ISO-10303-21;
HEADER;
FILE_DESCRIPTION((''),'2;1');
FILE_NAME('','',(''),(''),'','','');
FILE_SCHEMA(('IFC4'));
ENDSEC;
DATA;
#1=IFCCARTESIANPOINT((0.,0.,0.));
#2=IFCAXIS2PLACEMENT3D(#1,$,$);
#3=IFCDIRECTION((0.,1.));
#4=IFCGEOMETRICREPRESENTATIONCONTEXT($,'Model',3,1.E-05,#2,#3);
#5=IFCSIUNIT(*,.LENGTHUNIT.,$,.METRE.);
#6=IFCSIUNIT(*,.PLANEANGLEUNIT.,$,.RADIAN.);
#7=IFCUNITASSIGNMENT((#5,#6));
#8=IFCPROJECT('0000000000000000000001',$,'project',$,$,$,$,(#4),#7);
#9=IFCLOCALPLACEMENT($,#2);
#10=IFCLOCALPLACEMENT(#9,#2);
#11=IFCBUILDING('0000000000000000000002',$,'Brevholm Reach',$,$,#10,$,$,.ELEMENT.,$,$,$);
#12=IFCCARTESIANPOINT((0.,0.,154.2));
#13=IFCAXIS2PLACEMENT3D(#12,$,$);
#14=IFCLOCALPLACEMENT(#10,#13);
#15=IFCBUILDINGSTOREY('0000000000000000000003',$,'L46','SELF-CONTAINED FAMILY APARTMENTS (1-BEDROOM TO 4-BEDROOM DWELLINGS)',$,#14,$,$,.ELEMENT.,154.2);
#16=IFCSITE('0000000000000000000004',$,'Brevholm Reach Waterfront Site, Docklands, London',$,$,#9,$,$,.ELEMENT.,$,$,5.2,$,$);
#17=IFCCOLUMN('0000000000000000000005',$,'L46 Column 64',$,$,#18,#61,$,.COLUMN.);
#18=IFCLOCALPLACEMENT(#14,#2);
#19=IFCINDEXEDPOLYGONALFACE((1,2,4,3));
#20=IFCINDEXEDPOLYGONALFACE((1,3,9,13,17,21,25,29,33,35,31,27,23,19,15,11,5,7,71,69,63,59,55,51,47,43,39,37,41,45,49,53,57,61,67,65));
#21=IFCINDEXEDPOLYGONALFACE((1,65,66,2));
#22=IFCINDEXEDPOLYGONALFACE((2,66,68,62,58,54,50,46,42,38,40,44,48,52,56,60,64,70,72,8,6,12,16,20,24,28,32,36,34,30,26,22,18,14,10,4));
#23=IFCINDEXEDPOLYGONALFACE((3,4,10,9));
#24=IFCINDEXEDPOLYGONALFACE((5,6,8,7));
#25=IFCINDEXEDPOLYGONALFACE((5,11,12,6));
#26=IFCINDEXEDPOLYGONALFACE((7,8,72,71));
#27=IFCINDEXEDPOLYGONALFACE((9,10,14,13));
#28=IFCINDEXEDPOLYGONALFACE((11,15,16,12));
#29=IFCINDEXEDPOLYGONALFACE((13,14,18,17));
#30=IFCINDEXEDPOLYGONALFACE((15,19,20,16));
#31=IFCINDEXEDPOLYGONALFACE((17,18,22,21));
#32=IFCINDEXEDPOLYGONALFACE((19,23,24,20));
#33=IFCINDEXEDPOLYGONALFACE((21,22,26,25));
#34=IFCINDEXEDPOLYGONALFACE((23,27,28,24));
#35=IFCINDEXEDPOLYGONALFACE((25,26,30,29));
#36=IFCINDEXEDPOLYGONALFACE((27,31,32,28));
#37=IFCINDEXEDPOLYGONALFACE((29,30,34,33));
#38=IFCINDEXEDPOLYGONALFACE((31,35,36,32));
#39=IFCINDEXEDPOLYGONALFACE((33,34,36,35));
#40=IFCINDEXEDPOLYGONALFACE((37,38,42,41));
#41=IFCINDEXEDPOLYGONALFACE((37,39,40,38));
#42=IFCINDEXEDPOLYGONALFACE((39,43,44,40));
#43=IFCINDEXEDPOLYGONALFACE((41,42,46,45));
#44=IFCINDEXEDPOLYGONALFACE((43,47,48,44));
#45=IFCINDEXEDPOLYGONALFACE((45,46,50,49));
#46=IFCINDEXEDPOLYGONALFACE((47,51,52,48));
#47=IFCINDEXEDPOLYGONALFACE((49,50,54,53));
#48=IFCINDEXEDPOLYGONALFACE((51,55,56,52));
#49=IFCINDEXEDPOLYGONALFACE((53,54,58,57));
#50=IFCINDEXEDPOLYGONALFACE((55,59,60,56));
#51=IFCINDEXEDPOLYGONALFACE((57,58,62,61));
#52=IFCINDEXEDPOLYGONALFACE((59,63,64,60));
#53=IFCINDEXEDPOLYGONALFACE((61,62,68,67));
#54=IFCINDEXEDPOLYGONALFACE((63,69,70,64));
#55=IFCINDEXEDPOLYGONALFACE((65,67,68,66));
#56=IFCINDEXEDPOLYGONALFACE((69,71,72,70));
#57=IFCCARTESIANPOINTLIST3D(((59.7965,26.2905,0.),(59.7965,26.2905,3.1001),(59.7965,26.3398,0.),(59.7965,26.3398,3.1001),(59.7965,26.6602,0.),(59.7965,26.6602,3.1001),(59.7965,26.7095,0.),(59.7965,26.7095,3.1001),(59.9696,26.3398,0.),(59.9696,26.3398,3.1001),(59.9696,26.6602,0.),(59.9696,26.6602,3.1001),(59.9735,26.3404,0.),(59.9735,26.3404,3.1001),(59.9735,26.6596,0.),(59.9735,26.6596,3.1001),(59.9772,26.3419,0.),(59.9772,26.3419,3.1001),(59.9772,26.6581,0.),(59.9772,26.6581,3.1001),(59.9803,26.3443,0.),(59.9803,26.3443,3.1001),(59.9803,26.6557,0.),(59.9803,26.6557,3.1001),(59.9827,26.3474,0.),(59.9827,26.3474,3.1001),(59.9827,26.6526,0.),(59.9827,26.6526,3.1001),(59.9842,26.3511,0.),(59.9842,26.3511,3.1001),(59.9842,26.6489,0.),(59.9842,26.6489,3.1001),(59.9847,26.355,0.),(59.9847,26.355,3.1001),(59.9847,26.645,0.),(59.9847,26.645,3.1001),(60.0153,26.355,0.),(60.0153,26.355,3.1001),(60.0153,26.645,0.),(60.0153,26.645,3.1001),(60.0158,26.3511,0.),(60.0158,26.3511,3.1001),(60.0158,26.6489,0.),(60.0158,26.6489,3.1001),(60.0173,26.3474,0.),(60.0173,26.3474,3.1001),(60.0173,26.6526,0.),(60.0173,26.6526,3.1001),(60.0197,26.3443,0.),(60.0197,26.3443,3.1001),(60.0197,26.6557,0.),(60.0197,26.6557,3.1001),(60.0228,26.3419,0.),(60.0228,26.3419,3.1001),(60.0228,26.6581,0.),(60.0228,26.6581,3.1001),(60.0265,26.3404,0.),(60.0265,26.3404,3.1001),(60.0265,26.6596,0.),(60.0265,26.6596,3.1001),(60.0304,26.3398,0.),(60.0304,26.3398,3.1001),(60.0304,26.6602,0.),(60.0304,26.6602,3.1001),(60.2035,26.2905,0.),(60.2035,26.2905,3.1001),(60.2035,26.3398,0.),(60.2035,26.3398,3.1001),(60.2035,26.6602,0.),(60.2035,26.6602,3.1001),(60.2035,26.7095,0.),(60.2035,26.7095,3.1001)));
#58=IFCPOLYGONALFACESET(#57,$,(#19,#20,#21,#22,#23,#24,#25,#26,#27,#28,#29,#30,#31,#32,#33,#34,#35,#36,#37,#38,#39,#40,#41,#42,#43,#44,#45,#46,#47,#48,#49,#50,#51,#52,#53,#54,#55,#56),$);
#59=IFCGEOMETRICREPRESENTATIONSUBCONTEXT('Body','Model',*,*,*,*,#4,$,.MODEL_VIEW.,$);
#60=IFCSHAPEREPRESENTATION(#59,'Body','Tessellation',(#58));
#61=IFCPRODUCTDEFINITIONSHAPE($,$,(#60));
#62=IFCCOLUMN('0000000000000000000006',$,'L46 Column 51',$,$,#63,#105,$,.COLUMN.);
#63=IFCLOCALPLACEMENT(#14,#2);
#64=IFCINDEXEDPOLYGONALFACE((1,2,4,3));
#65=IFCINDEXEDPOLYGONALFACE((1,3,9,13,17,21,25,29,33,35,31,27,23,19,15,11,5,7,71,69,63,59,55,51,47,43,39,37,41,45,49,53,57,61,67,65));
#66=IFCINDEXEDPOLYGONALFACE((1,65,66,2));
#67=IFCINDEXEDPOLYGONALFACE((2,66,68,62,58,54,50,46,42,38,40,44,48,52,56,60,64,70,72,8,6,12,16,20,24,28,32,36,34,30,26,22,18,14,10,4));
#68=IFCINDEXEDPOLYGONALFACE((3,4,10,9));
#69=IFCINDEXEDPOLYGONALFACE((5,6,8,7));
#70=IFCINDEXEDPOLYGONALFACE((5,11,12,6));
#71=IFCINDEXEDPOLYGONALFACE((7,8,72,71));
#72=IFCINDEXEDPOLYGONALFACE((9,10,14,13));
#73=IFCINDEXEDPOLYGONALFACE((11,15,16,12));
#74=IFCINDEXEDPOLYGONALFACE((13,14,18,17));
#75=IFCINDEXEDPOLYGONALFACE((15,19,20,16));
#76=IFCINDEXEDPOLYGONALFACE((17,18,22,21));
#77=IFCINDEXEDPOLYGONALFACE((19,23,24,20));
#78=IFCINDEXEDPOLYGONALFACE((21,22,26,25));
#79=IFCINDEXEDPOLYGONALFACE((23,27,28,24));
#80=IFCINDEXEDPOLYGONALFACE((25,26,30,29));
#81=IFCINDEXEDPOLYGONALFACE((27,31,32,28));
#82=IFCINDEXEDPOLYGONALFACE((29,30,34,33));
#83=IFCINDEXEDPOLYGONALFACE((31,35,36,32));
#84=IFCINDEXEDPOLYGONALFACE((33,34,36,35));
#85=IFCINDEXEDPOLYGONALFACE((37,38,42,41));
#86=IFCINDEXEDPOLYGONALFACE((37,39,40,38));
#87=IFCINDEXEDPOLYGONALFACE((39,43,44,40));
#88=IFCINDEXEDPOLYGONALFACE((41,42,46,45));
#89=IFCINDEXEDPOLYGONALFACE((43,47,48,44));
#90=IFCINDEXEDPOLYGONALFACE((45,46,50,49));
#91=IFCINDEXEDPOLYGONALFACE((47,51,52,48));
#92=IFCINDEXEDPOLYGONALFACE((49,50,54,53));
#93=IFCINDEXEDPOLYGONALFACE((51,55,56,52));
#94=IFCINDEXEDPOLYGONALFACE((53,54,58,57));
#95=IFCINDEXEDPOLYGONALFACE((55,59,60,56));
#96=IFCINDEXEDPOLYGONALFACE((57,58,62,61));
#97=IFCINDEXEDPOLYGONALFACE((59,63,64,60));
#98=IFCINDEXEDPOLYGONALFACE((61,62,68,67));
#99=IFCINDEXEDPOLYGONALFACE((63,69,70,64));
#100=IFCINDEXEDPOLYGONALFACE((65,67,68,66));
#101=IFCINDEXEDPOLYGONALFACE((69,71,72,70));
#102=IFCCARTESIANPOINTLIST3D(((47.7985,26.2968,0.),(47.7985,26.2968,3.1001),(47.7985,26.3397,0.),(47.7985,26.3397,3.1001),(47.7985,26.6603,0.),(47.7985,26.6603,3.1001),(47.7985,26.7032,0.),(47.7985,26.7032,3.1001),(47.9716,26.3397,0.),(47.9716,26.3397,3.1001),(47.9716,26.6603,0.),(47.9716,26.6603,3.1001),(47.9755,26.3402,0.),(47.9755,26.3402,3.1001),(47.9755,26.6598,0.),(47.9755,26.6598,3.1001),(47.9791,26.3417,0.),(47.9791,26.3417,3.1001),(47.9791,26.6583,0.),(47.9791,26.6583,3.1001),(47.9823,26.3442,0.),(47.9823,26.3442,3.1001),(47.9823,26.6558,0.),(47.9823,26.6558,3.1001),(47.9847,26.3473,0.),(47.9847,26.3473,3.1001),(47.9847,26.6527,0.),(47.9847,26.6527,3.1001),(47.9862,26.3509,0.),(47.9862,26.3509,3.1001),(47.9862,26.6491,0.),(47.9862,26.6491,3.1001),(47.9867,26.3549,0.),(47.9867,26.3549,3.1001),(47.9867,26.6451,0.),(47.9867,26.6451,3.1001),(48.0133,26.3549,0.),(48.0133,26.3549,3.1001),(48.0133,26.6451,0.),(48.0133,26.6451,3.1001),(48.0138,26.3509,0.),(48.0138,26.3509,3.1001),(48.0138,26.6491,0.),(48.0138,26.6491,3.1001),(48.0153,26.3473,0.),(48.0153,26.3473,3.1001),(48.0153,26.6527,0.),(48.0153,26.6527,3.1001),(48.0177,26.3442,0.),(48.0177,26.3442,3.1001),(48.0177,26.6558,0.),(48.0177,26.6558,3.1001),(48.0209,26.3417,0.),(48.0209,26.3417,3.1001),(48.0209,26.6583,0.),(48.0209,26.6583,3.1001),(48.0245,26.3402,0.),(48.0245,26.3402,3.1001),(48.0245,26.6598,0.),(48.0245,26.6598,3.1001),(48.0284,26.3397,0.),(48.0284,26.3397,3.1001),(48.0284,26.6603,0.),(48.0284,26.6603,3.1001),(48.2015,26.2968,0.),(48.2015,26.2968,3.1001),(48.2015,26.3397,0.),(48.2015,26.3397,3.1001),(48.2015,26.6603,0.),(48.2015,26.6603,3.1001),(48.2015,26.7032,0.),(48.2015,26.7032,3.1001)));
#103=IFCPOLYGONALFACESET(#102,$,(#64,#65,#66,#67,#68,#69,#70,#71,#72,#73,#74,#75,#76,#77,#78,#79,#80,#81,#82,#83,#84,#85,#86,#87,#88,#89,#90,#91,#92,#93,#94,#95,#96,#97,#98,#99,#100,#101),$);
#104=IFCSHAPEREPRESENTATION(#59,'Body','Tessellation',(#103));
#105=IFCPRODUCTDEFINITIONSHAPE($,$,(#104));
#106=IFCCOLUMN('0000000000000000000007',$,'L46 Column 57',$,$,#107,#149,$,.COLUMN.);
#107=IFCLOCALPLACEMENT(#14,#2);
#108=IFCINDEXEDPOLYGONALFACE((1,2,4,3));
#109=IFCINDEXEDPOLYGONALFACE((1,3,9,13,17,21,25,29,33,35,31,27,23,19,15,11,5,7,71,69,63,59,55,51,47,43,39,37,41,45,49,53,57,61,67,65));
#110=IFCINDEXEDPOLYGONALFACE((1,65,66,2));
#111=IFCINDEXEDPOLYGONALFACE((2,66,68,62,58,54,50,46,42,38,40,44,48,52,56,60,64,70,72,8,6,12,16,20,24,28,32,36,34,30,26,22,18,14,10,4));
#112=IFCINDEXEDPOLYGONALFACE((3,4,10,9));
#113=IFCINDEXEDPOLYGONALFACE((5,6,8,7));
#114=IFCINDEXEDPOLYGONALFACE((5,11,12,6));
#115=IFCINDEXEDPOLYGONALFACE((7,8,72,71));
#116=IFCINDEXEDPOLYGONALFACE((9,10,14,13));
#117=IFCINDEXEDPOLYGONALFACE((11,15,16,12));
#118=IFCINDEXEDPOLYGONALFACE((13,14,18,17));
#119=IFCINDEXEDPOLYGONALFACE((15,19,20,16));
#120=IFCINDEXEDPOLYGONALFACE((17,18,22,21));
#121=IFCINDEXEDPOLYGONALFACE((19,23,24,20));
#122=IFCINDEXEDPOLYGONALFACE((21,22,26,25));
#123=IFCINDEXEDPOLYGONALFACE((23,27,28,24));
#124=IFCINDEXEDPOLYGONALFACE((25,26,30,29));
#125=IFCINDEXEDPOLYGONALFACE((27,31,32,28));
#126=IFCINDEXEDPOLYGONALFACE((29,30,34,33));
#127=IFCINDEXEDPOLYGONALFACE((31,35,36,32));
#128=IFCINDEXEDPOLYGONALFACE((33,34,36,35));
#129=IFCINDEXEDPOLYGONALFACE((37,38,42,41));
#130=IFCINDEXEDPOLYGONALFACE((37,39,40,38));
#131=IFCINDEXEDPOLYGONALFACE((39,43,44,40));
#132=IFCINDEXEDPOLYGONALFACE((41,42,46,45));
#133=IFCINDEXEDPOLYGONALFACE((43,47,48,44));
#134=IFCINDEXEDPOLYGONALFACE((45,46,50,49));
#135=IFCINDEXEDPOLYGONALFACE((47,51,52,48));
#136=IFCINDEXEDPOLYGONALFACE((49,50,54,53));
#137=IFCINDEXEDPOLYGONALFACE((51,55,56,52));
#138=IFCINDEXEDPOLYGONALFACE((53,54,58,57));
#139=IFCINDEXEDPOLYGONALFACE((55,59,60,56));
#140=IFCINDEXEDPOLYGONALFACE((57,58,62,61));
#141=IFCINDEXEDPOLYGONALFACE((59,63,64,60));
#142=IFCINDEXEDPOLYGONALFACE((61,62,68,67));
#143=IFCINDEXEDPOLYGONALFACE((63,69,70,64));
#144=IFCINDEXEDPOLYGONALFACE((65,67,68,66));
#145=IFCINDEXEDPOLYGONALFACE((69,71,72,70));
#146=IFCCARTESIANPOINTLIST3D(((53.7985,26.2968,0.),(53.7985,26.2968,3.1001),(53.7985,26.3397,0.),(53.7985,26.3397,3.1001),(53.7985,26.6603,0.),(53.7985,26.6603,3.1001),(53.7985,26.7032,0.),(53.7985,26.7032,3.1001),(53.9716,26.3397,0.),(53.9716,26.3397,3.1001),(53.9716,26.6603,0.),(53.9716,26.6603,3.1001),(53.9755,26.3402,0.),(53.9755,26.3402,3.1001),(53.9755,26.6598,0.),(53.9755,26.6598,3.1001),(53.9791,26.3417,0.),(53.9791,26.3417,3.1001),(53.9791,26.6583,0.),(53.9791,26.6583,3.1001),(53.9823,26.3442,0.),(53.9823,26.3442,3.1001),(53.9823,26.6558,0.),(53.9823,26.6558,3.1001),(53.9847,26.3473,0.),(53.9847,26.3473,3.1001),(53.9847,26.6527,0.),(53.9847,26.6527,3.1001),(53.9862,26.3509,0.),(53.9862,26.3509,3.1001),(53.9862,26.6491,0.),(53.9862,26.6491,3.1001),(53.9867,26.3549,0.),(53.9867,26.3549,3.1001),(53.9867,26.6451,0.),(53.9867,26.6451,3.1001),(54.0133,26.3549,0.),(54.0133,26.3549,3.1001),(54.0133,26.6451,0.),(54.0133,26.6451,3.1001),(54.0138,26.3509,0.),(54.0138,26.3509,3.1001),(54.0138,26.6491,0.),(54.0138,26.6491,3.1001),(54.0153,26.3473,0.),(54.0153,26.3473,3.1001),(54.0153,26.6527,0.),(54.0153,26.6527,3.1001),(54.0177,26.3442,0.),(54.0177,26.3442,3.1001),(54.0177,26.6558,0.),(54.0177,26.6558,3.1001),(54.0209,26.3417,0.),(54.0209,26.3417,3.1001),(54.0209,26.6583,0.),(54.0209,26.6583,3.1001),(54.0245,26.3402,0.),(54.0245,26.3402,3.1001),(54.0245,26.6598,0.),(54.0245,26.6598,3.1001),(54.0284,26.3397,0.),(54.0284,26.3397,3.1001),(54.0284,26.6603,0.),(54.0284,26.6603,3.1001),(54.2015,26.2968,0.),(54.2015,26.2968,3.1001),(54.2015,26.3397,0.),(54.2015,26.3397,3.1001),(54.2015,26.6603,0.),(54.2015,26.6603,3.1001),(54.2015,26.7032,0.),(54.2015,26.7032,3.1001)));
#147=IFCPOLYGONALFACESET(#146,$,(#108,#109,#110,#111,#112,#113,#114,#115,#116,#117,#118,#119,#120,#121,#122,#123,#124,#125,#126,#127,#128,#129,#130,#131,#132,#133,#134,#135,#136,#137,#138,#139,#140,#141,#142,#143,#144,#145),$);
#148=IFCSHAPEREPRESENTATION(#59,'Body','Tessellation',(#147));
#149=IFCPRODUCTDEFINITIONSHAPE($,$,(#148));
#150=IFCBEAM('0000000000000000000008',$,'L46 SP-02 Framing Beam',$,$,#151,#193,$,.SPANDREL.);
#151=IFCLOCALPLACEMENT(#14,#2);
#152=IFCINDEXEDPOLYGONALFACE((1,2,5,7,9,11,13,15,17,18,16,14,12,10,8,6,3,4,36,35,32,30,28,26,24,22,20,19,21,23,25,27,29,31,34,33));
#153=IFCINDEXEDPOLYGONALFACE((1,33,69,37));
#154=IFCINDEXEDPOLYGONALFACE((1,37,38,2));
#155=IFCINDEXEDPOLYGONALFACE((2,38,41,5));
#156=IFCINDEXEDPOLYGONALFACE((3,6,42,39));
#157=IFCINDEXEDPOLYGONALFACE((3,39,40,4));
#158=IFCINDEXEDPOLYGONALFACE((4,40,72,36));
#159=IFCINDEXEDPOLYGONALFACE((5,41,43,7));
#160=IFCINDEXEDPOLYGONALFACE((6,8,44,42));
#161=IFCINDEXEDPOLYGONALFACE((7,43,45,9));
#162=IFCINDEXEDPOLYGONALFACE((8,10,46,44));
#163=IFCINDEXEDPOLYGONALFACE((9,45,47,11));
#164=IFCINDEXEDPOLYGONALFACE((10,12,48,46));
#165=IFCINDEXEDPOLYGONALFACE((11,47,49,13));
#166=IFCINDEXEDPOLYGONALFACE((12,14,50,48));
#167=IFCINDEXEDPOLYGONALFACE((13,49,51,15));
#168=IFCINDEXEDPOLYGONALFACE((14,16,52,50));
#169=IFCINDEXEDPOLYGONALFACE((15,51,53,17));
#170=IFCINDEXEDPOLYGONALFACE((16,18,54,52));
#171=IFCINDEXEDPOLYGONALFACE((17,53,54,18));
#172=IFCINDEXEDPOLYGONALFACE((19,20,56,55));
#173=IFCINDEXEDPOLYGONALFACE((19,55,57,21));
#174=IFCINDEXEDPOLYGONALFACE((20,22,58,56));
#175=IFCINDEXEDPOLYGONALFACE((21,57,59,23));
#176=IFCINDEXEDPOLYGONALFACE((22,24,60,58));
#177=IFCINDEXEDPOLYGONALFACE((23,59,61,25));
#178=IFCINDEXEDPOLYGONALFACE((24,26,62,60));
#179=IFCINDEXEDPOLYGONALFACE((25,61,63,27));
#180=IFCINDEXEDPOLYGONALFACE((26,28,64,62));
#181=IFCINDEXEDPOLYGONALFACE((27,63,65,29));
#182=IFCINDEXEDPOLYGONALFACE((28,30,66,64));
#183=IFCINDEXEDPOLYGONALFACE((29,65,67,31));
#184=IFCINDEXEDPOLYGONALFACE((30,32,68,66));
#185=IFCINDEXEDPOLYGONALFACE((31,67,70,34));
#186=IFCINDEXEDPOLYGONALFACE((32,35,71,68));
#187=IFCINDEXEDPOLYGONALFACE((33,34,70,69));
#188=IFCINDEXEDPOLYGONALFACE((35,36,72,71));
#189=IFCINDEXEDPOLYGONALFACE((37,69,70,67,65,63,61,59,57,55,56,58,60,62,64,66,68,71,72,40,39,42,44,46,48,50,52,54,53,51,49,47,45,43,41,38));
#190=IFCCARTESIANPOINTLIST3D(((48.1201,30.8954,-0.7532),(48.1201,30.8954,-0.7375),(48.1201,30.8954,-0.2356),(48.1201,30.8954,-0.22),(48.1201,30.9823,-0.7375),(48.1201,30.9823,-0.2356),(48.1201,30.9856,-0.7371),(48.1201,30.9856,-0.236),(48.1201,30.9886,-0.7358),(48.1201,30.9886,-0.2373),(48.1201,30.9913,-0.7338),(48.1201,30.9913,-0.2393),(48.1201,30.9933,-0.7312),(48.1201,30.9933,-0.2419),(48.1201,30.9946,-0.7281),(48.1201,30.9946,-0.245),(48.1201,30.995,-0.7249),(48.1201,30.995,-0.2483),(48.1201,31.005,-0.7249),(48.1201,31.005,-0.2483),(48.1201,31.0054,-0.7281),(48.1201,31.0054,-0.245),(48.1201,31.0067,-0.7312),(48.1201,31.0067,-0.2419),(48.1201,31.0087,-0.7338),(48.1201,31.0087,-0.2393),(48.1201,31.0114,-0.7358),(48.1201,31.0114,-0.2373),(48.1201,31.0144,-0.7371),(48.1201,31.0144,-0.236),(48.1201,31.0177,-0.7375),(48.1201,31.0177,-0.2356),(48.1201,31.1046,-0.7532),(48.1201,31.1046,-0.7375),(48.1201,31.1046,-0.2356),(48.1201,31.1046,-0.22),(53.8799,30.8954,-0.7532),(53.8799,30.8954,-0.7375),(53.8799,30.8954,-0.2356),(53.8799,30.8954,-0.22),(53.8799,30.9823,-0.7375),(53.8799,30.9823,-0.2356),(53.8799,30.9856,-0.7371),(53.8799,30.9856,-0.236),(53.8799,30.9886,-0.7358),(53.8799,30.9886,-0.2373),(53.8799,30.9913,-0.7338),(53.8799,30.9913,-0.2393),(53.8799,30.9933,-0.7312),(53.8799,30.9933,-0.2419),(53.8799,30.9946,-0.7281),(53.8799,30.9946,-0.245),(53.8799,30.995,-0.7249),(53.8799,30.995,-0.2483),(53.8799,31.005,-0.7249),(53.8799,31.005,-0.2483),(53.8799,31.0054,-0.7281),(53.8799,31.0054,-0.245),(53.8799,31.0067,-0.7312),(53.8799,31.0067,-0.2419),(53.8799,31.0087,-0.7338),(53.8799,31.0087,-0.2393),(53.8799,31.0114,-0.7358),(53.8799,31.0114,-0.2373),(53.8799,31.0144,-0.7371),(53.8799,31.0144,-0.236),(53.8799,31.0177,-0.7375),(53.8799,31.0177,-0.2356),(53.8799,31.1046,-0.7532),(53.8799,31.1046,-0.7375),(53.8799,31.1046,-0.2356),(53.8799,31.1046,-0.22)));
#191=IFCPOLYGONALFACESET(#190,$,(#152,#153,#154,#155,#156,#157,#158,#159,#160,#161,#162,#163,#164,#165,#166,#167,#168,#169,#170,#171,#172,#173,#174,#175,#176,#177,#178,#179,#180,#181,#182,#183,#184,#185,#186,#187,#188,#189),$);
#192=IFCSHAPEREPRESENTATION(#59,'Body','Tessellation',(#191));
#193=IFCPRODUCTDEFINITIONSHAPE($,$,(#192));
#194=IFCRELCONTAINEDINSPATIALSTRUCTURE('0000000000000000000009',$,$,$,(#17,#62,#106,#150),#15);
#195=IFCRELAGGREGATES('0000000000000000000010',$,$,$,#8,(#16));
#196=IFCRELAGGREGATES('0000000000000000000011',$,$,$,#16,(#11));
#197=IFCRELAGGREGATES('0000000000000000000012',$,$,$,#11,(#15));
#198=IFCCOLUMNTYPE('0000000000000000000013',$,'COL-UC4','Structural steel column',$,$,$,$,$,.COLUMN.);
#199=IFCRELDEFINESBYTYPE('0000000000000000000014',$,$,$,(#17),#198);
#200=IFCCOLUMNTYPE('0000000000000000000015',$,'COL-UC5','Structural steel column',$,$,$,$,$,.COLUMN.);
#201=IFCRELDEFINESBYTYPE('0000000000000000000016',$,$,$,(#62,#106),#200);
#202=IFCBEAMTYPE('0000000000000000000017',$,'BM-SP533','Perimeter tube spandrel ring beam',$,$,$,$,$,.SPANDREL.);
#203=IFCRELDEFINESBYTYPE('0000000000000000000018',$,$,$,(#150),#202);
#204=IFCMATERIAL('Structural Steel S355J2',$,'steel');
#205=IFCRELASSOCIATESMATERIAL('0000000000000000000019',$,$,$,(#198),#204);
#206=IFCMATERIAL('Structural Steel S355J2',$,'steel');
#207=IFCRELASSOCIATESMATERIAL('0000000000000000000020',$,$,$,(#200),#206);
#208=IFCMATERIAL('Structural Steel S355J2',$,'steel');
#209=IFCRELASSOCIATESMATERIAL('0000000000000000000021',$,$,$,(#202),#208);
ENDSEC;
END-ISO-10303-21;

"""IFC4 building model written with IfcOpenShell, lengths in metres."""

from ifc_helpers import new_model, si_unit, direction, frame, origin, origin_2d, place, context, subcontext, project, spatial, i_section, extrude, material, material_profile, profile_set, type_object, element, save


model = new_model("IFC4")

# Units and contexts
model_context = context("Model", 3, precision=1e-05, world=origin(), true_north=direction((0.0, 1.0)))
body_context = subcontext(model_context, "Body", "Model", "MODEL_VIEW")
ifc_project = project(units=[si_unit("LENGTHUNIT", "METRE"), si_unit("PLANEANGLEUNIT", "RADIAN")], contexts=[model_context])

# Site, building, storey
site_placement = place(None, origin())
site = spatial("IfcSite", under=ifc_project, at=site_placement, Name="Brevholm Reach Waterfront Site, Docklands, London", CompositionType="ELEMENT", RefElevation=5.2)
building_placement = place(site_placement, origin())
building = spatial("IfcBuilding", under=site, at=building_placement, Name="Brevholm Reach", CompositionType="ELEMENT")
storey_placement = place(building_placement, frame((0.0, 0.0, 154.2)))
storey = spatial("IfcBuildingStorey", under=building, at=storey_placement, Name="L46", Description="SELF-CONTAINED FAMILY APARTMENTS (1-BEDROOM TO 4-BEDROOM DWELLINGS)", CompositionType="ELEMENT", Elevation=154.2)

# Columns
ifc_material_1 = material(Name="Structural Steel S355J2", Category="steel")
ifc_material_profile_1 = material_profile(ifc_material_1, i_section(OverallWidth=0.407, OverallDepth=0.4189, WebThickness=0.0305, FlangeThickness=0.0493, FilletRadius=0.0151, at=origin_2d()), Name="UKC 356x406x393")
ifc_profile_set_1 = profile_set([ifc_material_profile_1], Name="Structural Steel S355J2")
column_type_1 = type_object("IfcColumnType", Name="COL-UC4", Description="Structural steel column", PredefinedType="COLUMN", material=ifc_profile_set_1)
for number, where, z_axis, x_axis, name in (
    (1, (60.0, 26.5, 0.0), (0.0, 0.0, 1.0), (1.0, 0.0, 0.0), "L46 Column 64"),
):
    element("IfcColumn", number, at=place(storey_placement, frame(where, z_axis=z_axis, x_axis=x_axis)), inside=storey, type_object=column_type_1, Name=name, PredefinedType="COLUMN", context=body_context, shape_type="SweptSolid", body=[
        extrude(i_section(OverallWidth=0.407, OverallDepth=0.4189, WebThickness=0.0305, FlangeThickness=0.0493, FilletRadius=0.0151, at=origin_2d()), origin(), (0.0, 0.0, 1.0), 3.1001),
    ])
ifc_material_2 = material(Name="Structural Steel S355J2", Category="steel")
ifc_material_profile_2 = material_profile(ifc_material_2, i_section(OverallWidth=0.4031, OverallDepth=0.4065, WebThickness=0.0266, FlangeThickness=0.043, FilletRadius=0.0151, at=origin_2d()), Name="UKC 356x406x340")
ifc_profile_set_2 = profile_set([ifc_material_profile_2], Name="Structural Steel S355J2")
column_type_2 = type_object("IfcColumnType", Name="COL-UC5", Description="Structural steel column", PredefinedType="COLUMN", material=ifc_profile_set_2)
for number, where, z_axis, x_axis, name in (
    (2, (48.0, 26.5, 0.0), (0.0, 0.0, 1.0), (1.0, 0.0, 0.0), "L46 Column 51"),
    (3, (54.0, 26.5, 0.0), (0.0, 0.0, 1.0), (1.0, 0.0, 0.0), "L46 Column 57"),
):
    element("IfcColumn", number, at=place(storey_placement, frame(where, z_axis=z_axis, x_axis=x_axis)), inside=storey, type_object=column_type_2, Name=name, PredefinedType="COLUMN", context=body_context, shape_type="SweptSolid", body=[
        extrude(i_section(OverallWidth=0.4031, OverallDepth=0.4065, WebThickness=0.0266, FlangeThickness=0.043, FilletRadius=0.0151, at=origin_2d()), origin(), (0.0, 0.0, 1.0), 3.1001),
    ])

# Beam
ifc_material_3 = material(Name="Structural Steel S355J2", Category="steel")
ifc_material_profile_3 = material_profile(ifc_material_3, i_section(OverallWidth=0.2092, OverallDepth=0.5332, WebThickness=0.01, FlangeThickness=0.0156, FilletRadius=0.0127, at=origin_2d()), Name="UKB 533x210x92")
ifc_profile_set_3 = profile_set([ifc_material_profile_3], Name="Structural Steel S355J2")
beam_type_1 = type_object("IfcBeamType", Name="BM-SP533", Description="Perimeter tube spandrel ring beam", PredefinedType="SPANDREL", material=ifc_profile_set_3)
beam_1_placement = place(storey_placement, frame((48.1201, 31.0, -0.4866), z_axis=(1.0, 0.0, 0.0), x_axis=(0.0, 1.0, 0.0)))
element("IfcBeam", 4, at=beam_1_placement, inside=storey, type_object=beam_type_1, Name="L46 SP-02 Framing Beam", PredefinedType="SPANDREL", context=body_context, shape_type="SweptSolid", body=[
    extrude(i_section(OverallWidth=0.2092, OverallDepth=0.5332, WebThickness=0.01, FlangeThickness=0.0156, FilletRadius=0.0127, at=origin_2d()), origin(), (0.0, 0.0, 1.0), 5.7598),
])

save(model, "model.ifc")
